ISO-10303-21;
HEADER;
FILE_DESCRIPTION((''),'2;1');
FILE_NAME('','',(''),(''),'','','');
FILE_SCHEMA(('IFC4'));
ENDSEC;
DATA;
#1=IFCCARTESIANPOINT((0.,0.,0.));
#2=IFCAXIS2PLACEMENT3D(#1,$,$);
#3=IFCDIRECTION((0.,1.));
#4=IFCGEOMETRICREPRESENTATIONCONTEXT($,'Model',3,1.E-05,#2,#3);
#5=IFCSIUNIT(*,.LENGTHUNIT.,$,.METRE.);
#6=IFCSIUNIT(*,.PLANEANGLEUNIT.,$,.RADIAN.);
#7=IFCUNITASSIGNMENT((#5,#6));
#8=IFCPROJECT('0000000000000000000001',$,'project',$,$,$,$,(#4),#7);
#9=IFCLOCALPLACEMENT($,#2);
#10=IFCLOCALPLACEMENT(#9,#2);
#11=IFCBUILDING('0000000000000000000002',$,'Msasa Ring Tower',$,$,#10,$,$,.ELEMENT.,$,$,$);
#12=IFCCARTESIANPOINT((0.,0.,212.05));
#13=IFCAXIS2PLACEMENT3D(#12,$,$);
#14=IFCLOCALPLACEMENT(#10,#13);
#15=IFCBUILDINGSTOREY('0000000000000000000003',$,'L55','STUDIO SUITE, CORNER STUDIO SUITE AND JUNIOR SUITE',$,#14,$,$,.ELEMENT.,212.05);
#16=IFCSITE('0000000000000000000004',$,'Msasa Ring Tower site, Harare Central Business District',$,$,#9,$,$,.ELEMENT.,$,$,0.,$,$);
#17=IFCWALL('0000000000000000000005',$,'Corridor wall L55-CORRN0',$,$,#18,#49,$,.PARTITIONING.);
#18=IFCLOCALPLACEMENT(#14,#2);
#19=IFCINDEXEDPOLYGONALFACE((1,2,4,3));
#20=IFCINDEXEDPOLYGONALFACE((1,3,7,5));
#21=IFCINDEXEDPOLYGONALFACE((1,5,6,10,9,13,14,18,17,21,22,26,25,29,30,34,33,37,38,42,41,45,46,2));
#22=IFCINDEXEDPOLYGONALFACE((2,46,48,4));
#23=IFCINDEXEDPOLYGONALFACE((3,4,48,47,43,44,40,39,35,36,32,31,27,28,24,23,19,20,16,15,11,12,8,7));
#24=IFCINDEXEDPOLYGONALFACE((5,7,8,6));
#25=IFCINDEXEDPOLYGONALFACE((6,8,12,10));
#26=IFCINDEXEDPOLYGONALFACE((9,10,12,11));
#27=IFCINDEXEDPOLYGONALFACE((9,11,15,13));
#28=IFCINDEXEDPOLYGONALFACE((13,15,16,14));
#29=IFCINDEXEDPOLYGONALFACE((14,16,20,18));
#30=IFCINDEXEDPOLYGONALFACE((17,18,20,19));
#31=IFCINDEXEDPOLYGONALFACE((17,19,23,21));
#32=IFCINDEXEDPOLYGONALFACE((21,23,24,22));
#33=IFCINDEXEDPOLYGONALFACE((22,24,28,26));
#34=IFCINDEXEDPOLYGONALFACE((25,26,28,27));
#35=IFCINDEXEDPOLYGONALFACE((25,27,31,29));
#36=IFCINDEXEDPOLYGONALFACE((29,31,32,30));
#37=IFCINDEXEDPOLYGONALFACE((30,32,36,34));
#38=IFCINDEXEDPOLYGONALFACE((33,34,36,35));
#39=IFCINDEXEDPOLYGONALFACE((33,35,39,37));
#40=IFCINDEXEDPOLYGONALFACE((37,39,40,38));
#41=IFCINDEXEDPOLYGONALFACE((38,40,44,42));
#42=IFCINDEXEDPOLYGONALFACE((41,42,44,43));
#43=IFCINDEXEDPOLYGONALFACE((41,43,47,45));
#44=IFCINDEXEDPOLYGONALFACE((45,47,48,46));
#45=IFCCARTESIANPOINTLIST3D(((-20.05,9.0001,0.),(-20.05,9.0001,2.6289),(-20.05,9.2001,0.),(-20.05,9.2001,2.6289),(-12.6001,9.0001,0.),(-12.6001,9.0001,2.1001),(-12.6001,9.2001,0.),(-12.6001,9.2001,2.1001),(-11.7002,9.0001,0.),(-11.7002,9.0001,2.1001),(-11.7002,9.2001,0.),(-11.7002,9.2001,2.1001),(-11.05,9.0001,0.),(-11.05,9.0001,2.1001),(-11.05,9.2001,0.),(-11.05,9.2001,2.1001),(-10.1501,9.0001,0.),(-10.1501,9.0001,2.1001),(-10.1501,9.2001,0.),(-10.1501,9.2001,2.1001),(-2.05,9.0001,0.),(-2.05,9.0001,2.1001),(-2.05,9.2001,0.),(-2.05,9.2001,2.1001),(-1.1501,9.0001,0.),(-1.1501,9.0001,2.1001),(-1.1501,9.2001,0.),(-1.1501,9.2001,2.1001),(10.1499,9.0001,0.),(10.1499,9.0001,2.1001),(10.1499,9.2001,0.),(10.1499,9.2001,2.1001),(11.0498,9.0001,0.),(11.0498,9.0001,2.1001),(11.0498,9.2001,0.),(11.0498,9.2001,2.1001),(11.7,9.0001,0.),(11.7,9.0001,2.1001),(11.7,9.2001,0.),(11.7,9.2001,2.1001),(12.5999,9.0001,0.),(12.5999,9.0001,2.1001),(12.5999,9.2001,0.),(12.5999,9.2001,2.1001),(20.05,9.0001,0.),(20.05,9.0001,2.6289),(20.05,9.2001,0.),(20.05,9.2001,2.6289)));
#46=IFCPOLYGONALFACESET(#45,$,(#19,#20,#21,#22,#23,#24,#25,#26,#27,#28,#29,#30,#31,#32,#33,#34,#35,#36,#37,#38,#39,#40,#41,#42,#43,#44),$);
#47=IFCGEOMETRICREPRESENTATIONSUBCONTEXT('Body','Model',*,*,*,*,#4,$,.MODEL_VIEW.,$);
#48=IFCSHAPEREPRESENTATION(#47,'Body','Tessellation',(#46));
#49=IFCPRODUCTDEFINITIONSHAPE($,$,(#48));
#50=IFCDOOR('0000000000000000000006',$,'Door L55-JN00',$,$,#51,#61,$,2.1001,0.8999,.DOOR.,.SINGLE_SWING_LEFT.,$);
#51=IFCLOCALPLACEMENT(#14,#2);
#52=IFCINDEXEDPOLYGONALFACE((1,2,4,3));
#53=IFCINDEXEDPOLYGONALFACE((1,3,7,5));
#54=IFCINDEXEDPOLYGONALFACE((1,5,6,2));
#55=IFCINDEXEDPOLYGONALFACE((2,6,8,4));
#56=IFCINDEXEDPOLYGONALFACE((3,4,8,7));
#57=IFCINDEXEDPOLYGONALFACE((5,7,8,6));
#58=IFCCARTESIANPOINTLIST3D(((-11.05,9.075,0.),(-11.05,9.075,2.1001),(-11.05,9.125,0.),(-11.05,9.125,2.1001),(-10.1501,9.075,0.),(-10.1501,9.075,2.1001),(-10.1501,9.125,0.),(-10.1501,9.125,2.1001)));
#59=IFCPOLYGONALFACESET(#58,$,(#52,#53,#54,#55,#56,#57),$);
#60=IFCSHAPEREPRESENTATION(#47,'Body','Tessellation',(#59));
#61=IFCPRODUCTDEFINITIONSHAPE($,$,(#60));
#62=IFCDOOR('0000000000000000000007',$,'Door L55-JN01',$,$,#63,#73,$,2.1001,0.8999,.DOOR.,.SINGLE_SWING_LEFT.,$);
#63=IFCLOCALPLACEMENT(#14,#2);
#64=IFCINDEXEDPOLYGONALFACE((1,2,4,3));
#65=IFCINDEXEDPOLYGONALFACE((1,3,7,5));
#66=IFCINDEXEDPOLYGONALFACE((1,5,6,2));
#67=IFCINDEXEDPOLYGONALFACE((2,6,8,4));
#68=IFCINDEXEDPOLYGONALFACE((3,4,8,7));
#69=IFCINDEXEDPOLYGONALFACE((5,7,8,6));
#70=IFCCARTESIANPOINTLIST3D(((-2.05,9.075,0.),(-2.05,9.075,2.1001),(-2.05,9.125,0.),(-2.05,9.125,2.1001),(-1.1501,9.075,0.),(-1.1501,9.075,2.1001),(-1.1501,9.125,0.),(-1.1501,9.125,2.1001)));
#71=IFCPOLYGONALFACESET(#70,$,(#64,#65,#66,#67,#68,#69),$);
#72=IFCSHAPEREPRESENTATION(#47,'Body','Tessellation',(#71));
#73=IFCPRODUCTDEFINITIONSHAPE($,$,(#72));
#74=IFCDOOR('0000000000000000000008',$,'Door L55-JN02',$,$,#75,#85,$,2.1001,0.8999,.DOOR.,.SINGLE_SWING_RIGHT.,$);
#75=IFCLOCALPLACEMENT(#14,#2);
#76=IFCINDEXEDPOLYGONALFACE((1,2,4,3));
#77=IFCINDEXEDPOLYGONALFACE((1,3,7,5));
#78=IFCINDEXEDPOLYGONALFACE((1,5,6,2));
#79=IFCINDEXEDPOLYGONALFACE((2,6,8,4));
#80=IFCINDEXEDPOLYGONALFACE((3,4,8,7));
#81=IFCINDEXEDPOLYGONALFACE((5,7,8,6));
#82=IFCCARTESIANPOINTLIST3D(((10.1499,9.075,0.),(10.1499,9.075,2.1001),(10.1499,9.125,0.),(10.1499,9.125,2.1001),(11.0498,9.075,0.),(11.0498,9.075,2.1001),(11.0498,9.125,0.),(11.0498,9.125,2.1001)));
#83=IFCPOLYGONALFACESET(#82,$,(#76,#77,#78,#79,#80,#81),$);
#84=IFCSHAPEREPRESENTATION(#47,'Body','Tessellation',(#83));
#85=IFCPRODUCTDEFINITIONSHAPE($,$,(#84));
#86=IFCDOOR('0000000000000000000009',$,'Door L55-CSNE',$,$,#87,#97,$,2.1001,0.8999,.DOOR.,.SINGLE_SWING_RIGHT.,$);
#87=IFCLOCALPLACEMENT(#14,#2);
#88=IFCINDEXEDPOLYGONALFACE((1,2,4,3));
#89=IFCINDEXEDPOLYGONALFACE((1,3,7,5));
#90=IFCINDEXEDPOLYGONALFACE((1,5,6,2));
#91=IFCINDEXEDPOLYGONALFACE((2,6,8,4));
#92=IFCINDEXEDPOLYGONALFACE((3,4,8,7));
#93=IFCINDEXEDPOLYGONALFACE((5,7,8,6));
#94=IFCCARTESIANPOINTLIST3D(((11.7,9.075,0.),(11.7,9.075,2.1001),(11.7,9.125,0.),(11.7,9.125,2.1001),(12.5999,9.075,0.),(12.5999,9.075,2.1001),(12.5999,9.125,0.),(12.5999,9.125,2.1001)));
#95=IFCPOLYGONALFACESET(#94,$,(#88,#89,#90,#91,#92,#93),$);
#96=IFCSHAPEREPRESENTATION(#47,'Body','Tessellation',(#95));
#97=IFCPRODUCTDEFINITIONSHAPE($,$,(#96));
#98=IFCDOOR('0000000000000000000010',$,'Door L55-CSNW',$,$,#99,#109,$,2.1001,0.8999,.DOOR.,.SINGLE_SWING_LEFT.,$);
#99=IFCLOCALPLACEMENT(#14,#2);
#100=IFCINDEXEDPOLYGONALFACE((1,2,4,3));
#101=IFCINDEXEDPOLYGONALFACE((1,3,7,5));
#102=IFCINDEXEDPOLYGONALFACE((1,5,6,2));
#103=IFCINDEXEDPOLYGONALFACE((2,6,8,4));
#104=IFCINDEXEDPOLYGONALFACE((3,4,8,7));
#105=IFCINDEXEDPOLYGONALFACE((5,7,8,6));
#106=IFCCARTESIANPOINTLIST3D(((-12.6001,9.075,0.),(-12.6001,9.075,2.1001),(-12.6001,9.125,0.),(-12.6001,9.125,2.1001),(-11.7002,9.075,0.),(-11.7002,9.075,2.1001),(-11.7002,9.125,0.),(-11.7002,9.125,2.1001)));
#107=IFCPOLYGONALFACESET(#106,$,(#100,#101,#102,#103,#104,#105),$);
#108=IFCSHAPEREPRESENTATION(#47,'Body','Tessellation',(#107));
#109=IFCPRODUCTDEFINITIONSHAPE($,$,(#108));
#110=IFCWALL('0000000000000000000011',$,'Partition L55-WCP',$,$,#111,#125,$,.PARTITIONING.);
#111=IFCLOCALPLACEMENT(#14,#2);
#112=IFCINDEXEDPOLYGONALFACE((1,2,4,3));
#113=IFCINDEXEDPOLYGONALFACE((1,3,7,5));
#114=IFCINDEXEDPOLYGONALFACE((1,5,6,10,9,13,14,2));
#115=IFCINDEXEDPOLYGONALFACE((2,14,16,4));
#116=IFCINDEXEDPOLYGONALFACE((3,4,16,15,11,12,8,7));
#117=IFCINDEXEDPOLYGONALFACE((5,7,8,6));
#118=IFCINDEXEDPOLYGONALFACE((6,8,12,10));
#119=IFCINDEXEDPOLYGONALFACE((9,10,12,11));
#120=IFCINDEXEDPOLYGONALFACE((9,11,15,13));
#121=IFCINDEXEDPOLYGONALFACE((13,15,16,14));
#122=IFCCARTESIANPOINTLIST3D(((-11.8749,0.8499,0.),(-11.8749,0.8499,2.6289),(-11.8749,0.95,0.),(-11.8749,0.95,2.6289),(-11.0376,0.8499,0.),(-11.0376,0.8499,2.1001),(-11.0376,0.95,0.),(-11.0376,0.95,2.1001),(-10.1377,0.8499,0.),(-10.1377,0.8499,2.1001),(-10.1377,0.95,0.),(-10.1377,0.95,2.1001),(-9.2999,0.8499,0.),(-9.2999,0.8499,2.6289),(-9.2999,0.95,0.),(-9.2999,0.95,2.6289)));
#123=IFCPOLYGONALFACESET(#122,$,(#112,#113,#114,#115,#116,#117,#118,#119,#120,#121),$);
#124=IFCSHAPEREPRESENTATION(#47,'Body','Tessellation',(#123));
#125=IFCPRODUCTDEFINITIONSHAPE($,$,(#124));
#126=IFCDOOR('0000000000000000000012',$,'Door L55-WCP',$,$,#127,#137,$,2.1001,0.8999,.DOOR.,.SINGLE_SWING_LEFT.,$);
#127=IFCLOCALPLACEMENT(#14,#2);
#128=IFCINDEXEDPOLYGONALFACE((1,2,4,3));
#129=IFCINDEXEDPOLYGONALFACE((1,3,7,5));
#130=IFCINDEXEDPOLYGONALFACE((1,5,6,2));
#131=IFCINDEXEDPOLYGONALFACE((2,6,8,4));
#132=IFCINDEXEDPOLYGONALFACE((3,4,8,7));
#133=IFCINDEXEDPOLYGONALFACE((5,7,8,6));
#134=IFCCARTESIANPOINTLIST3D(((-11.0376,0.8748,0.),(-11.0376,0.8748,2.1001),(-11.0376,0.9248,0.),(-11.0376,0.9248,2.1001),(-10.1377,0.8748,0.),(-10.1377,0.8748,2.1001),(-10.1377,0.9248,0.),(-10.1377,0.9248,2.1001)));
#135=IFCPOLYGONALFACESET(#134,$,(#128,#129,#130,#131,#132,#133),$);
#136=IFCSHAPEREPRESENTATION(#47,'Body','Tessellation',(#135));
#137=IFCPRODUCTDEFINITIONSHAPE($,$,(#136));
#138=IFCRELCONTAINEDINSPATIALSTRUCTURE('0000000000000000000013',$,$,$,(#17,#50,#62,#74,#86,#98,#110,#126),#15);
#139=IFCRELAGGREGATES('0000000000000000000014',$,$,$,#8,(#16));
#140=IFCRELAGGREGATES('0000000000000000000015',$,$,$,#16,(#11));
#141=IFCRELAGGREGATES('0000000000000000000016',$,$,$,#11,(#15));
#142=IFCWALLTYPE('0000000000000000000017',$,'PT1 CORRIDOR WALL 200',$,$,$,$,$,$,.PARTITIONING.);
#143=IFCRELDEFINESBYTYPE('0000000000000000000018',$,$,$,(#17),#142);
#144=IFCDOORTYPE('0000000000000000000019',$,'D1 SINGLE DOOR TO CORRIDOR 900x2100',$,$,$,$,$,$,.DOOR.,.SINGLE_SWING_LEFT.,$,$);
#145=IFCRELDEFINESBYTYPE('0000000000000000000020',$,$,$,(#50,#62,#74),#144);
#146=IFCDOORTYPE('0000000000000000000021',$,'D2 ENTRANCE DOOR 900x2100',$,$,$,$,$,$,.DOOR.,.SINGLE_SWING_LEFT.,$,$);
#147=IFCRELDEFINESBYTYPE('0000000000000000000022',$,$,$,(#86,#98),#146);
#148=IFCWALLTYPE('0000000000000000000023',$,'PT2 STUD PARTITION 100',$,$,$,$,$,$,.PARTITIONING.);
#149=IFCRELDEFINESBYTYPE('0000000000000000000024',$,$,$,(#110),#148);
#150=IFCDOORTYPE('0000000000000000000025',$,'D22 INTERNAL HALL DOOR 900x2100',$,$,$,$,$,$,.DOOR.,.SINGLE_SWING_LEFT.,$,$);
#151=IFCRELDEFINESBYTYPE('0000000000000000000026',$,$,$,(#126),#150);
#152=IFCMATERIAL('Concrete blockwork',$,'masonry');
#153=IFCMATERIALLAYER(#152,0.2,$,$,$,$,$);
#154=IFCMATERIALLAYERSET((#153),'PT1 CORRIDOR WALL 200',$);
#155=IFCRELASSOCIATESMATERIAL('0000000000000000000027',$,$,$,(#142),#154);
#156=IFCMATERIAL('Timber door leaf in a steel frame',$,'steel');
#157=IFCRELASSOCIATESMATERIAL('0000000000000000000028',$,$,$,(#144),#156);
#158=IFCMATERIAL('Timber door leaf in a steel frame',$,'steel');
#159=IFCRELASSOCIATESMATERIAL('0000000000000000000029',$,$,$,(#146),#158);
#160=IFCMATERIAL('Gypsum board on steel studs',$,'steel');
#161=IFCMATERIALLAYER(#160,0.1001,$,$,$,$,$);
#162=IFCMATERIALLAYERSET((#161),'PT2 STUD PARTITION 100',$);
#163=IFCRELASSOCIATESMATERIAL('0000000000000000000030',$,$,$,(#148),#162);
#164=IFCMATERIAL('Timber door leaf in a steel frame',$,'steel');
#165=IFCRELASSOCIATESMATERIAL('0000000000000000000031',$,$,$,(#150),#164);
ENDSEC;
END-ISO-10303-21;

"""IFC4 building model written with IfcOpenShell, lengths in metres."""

from ifc_helpers import new_model, si_unit, direction, frame, frame_2d, origin, place, context, subcontext, project, spatial, rectangle, extrude, material, layer, layer_set, type_object, element, fill, save


model = new_model("IFC4")

# Units and contexts
model_context = context("Model", 3, precision=1e-05, world=origin(), true_north=direction((0.0, 1.0)))
body_context = subcontext(model_context, "Body", "Model", "MODEL_VIEW")
ifc_project = project(units=[si_unit("LENGTHUNIT", "METRE"), si_unit("PLANEANGLEUNIT", "RADIAN")], contexts=[model_context])

# Site, building, storey
site_placement = place(None, origin())
site = spatial("IfcSite", under=ifc_project, at=site_placement, Name="Msasa Ring Tower site, Harare Central Business District", CompositionType="ELEMENT", RefElevation=0.0)
building_placement = place(site_placement, origin())
building = spatial("IfcBuilding", under=site, at=building_placement, Name="Msasa Ring Tower", CompositionType="ELEMENT")
storey_placement = place(building_placement, frame((0.0, 0.0, 212.05)))
storey = spatial("IfcBuildingStorey", under=building, at=storey_placement, Name="L55", Description="STUDIO SUITE, CORNER STUDIO SUITE AND JUNIOR SUITE", CompositionType="ELEMENT", Elevation=212.05)

# Wall, openings, doors
ifc_material_1 = material(Name="Concrete blockwork", Category="masonry")
ifc_layer_1 = layer(ifc_material_1, 0.2)
ifc_layer_set_1 = layer_set([ifc_layer_1], Name="PT1 CORRIDOR WALL 200")
wall_type_1 = type_object("IfcWallType", Name="PT1 CORRIDOR WALL 200", PredefinedType="PARTITIONING", material=ifc_layer_set_1)
wall_1_placement = place(storey_placement, frame((-20.05, 9.1001, 0.0), z_axis=(0.0, 0.0, 1.0), x_axis=(1.0, 0.0, 0.0)))
wall_1 = element("IfcWall", 1, at=wall_1_placement, inside=storey, type_object=wall_type_1, Name="Corridor wall L55-CORRN0", PredefinedType="PARTITIONING", context=body_context, shape_type="SweptSolid", body=[
    extrude(rectangle(XDim=40.1001, YDim=0.2, at=frame_2d((20.05, 0.0))), origin(), (0.0, 0.0, 1.0), 2.6289),
])
opening_1_placement = place(wall_1_placement, frame((9.0, 0.0, 0.0)))
opening_1 = element("IfcOpeningElement", 2, at=opening_1_placement, cuts=wall_1, PredefinedType="OPENING", context=body_context, shape_type="SweptSolid", body=[
    extrude(rectangle(XDim=0.8999, YDim=2.1001, at=frame_2d((0.45, 1.05))), frame((0.0, 0.1099, 0.0), z_axis=(0.0, -1.0, 0.0), x_axis=(1.0, 0.0, 0.0)), (0.0, 0.0, 1.0), 0.22),
])
opening_2_placement = place(wall_1_placement, frame((18.0, 0.0, 0.0)))
opening_2 = element("IfcOpeningElement", 3, at=opening_2_placement, cuts=wall_1, PredefinedType="OPENING", context=body_context, shape_type="SweptSolid", body=[
    extrude(rectangle(XDim=0.8999, YDim=2.1001, at=frame_2d((0.45, 1.05))), frame((0.0, 0.1099, 0.0), z_axis=(0.0, -1.0, 0.0), x_axis=(1.0, 0.0, 0.0)), (0.0, 0.0, 1.0), 0.22),
])
opening_3_placement = place(wall_1_placement, frame((30.2, 0.0, 0.0)))
opening_3 = element("IfcOpeningElement", 4, at=opening_3_placement, cuts=wall_1, PredefinedType="OPENING", context=body_context, shape_type="SweptSolid", body=[
    extrude(rectangle(XDim=0.8999, YDim=2.1001, at=frame_2d((0.45, 1.05))), frame((0.0, 0.1099, 0.0), z_axis=(0.0, -1.0, 0.0), x_axis=(1.0, 0.0, 0.0)), (0.0, 0.0, 1.0), 0.22),
])
opening_4_placement = place(wall_1_placement, frame((31.75, 0.0, 0.0)))
opening_4 = element("IfcOpeningElement", 5, at=opening_4_placement, cuts=wall_1, PredefinedType="OPENING", context=body_context, shape_type="SweptSolid", body=[
    extrude(rectangle(XDim=0.8999, YDim=2.1001, at=frame_2d((0.45, 1.05))), frame((0.0, 0.1099, 0.0), z_axis=(0.0, -1.0, 0.0), x_axis=(1.0, 0.0, 0.0)), (0.0, 0.0, 1.0), 0.22),
])
opening_5_placement = place(wall_1_placement, frame((7.45, 0.0, 0.0)))
opening_5 = element("IfcOpeningElement", 6, at=opening_5_placement, cuts=wall_1, PredefinedType="OPENING", context=body_context, shape_type="SweptSolid", body=[
    extrude(rectangle(XDim=0.8999, YDim=2.1001, at=frame_2d((0.45, 1.05))), frame((0.0, 0.1099, 0.0), z_axis=(0.0, -1.0, 0.0), x_axis=(1.0, 0.0, 0.0)), (0.0, 0.0, 1.0), 0.22),
])
ifc_material_2 = material(Name="Timber door leaf in a steel frame", Category="steel")
door_type_1 = type_object("IfcDoorType", Name="D1 SINGLE DOOR TO CORRIDOR 900x2100", OperationType="SINGLE_SWING_LEFT", PredefinedType="DOOR", material=ifc_material_2)
door_1_placement = place(opening_1_placement, origin())
door_1 = element("IfcDoor", 7, at=door_1_placement, inside=storey, type_object=door_type_1, Name="Door L55-JN00", OperationType="SINGLE_SWING_LEFT", OverallHeight=2.1001, OverallWidth=0.8999, PredefinedType="DOOR", context=body_context, shape_type="SweptSolid", body=[
    extrude(rectangle(XDim=0.8999, YDim=2.1001, at=frame_2d((0.45, 1.05))), frame((0.0, 0.0249, 0.0), z_axis=(0.0, -1.0, 0.0), x_axis=(1.0, 0.0, 0.0)), (0.0, 0.0, 1.0), 0.05),
])
fill(opening_1, door_1)
door_2_placement = place(opening_2_placement, origin())
door_2 = element("IfcDoor", 8, at=door_2_placement, inside=storey, type_object=door_type_1, Name="Door L55-JN01", OperationType="SINGLE_SWING_LEFT", OverallHeight=2.1001, OverallWidth=0.8999, PredefinedType="DOOR", context=body_context, shape_type="SweptSolid", body=[
    extrude(rectangle(XDim=0.8999, YDim=2.1001, at=frame_2d((0.45, 1.05))), frame((0.0, 0.0249, 0.0), z_axis=(0.0, -1.0, 0.0), x_axis=(1.0, 0.0, 0.0)), (0.0, 0.0, 1.0), 0.05),
])
fill(opening_2, door_2)
door_3_placement = place(opening_3_placement, origin())
door_3 = element("IfcDoor", 9, at=door_3_placement, inside=storey, type_object=door_type_1, Name="Door L55-JN02", OperationType="SINGLE_SWING_RIGHT", OverallHeight=2.1001, OverallWidth=0.8999, PredefinedType="DOOR", context=body_context, shape_type="SweptSolid", body=[
    extrude(rectangle(XDim=0.8999, YDim=2.1001, at=frame_2d((0.45, 1.05))), frame((0.0, 0.0249, 0.0), z_axis=(0.0, -1.0, 0.0), x_axis=(1.0, 0.0, 0.0)), (0.0, 0.0, 1.0), 0.05),
])
fill(opening_3, door_3)
ifc_material_3 = material(Name="Timber door leaf in a steel frame", Category="steel")
door_type_2 = type_object("IfcDoorType", Name="D2 ENTRANCE DOOR 900x2100", OperationType="SINGLE_SWING_LEFT", PredefinedType="DOOR", material=ifc_material_3)
door_4_placement = place(opening_4_placement, origin())
door_4 = element("IfcDoor", 10, at=door_4_placement, inside=storey, type_object=door_type_2, Name="Door L55-CSNE", OperationType="SINGLE_SWING_RIGHT", OverallHeight=2.1001, OverallWidth=0.8999, PredefinedType="DOOR", context=body_context, shape_type="SweptSolid", body=[
    extrude(rectangle(XDim=0.8999, YDim=2.1001, at=frame_2d((0.45, 1.05))), frame((0.0, 0.0249, 0.0), z_axis=(0.0, -1.0, 0.0), x_axis=(1.0, 0.0, 0.0)), (0.0, 0.0, 1.0), 0.05),
])
fill(opening_4, door_4)
door_5_placement = place(opening_5_placement, origin())
door_5 = element("IfcDoor", 11, at=door_5_placement, inside=storey, type_object=door_type_2, Name="Door L55-CSNW", OperationType="SINGLE_SWING_LEFT", OverallHeight=2.1001, OverallWidth=0.8999, PredefinedType="DOOR", context=body_context, shape_type="SweptSolid", body=[
    extrude(rectangle(XDim=0.8999, YDim=2.1001, at=frame_2d((0.45, 1.05))), frame((0.0, 0.0249, 0.0), z_axis=(0.0, -1.0, 0.0), x_axis=(1.0, 0.0, 0.0)), (0.0, 0.0, 1.0), 0.05),
])
fill(opening_5, door_5)

# Wall, opening, door
ifc_material_4 = material(Name="Gypsum board on steel studs", Category="steel")
ifc_layer_2 = layer(ifc_material_4, 0.1001)
ifc_layer_set_2 = layer_set([ifc_layer_2], Name="PT2 STUD PARTITION 100")
wall_type_2 = type_object("IfcWallType", Name="PT2 STUD PARTITION 100", PredefinedType="PARTITIONING", material=ifc_layer_set_2)
wall_2_placement = place(storey_placement, frame((-11.875, 0.8999, 0.0), z_axis=(0.0, 0.0, 1.0), x_axis=(1.0, 0.0, 0.0)))
wall_2 = element("IfcWall", 12, at=wall_2_placement, inside=storey, type_object=wall_type_2, Name="Partition L55-WCP", PredefinedType="PARTITIONING", context=body_context, shape_type="SweptSolid", body=[
    extrude(rectangle(XDim=2.575, YDim=0.1001, at=frame_2d((1.2876, 0.0))), origin(), (0.0, 0.0, 1.0), 2.6289),
])
opening_6_placement = place(wall_2_placement, frame((0.8374, 0.0, 0.0)))
opening_6 = element("IfcOpeningElement", 13, at=opening_6_placement, cuts=wall_2, PredefinedType="OPENING", context=body_context, shape_type="SweptSolid", body=[
    extrude(rectangle(XDim=0.8999, YDim=2.1001, at=frame_2d((0.45, 1.05))), frame((0.0, 0.0601, 0.0), z_axis=(0.0, -1.0, 0.0), x_axis=(1.0, 0.0, 0.0)), (0.0, 0.0, 1.0), 0.1201),
])
ifc_material_5 = material(Name="Timber door leaf in a steel frame", Category="steel")
door_type_3 = type_object("IfcDoorType", Name="D22 INTERNAL HALL DOOR 900x2100", OperationType="SINGLE_SWING_LEFT", PredefinedType="DOOR", material=ifc_material_5)
door_6_placement = place(opening_6_placement, origin())
door_6 = element("IfcDoor", 14, at=door_6_placement, inside=storey, type_object=door_type_3, Name="Door L55-WCP", OperationType="SINGLE_SWING_LEFT", OverallHeight=2.1001, OverallWidth=0.8999, PredefinedType="DOOR", context=body_context, shape_type="SweptSolid", body=[
    extrude(rectangle(XDim=0.8999, YDim=2.1001, at=frame_2d((0.45, 1.05))), frame((0.0, 0.0249, 0.0), z_axis=(0.0, -1.0, 0.0), x_axis=(1.0, 0.0, 0.0)), (0.0, 0.0, 1.0), 0.05),
])
fill(opening_6, door_6)

save(model, "model.ifc")
